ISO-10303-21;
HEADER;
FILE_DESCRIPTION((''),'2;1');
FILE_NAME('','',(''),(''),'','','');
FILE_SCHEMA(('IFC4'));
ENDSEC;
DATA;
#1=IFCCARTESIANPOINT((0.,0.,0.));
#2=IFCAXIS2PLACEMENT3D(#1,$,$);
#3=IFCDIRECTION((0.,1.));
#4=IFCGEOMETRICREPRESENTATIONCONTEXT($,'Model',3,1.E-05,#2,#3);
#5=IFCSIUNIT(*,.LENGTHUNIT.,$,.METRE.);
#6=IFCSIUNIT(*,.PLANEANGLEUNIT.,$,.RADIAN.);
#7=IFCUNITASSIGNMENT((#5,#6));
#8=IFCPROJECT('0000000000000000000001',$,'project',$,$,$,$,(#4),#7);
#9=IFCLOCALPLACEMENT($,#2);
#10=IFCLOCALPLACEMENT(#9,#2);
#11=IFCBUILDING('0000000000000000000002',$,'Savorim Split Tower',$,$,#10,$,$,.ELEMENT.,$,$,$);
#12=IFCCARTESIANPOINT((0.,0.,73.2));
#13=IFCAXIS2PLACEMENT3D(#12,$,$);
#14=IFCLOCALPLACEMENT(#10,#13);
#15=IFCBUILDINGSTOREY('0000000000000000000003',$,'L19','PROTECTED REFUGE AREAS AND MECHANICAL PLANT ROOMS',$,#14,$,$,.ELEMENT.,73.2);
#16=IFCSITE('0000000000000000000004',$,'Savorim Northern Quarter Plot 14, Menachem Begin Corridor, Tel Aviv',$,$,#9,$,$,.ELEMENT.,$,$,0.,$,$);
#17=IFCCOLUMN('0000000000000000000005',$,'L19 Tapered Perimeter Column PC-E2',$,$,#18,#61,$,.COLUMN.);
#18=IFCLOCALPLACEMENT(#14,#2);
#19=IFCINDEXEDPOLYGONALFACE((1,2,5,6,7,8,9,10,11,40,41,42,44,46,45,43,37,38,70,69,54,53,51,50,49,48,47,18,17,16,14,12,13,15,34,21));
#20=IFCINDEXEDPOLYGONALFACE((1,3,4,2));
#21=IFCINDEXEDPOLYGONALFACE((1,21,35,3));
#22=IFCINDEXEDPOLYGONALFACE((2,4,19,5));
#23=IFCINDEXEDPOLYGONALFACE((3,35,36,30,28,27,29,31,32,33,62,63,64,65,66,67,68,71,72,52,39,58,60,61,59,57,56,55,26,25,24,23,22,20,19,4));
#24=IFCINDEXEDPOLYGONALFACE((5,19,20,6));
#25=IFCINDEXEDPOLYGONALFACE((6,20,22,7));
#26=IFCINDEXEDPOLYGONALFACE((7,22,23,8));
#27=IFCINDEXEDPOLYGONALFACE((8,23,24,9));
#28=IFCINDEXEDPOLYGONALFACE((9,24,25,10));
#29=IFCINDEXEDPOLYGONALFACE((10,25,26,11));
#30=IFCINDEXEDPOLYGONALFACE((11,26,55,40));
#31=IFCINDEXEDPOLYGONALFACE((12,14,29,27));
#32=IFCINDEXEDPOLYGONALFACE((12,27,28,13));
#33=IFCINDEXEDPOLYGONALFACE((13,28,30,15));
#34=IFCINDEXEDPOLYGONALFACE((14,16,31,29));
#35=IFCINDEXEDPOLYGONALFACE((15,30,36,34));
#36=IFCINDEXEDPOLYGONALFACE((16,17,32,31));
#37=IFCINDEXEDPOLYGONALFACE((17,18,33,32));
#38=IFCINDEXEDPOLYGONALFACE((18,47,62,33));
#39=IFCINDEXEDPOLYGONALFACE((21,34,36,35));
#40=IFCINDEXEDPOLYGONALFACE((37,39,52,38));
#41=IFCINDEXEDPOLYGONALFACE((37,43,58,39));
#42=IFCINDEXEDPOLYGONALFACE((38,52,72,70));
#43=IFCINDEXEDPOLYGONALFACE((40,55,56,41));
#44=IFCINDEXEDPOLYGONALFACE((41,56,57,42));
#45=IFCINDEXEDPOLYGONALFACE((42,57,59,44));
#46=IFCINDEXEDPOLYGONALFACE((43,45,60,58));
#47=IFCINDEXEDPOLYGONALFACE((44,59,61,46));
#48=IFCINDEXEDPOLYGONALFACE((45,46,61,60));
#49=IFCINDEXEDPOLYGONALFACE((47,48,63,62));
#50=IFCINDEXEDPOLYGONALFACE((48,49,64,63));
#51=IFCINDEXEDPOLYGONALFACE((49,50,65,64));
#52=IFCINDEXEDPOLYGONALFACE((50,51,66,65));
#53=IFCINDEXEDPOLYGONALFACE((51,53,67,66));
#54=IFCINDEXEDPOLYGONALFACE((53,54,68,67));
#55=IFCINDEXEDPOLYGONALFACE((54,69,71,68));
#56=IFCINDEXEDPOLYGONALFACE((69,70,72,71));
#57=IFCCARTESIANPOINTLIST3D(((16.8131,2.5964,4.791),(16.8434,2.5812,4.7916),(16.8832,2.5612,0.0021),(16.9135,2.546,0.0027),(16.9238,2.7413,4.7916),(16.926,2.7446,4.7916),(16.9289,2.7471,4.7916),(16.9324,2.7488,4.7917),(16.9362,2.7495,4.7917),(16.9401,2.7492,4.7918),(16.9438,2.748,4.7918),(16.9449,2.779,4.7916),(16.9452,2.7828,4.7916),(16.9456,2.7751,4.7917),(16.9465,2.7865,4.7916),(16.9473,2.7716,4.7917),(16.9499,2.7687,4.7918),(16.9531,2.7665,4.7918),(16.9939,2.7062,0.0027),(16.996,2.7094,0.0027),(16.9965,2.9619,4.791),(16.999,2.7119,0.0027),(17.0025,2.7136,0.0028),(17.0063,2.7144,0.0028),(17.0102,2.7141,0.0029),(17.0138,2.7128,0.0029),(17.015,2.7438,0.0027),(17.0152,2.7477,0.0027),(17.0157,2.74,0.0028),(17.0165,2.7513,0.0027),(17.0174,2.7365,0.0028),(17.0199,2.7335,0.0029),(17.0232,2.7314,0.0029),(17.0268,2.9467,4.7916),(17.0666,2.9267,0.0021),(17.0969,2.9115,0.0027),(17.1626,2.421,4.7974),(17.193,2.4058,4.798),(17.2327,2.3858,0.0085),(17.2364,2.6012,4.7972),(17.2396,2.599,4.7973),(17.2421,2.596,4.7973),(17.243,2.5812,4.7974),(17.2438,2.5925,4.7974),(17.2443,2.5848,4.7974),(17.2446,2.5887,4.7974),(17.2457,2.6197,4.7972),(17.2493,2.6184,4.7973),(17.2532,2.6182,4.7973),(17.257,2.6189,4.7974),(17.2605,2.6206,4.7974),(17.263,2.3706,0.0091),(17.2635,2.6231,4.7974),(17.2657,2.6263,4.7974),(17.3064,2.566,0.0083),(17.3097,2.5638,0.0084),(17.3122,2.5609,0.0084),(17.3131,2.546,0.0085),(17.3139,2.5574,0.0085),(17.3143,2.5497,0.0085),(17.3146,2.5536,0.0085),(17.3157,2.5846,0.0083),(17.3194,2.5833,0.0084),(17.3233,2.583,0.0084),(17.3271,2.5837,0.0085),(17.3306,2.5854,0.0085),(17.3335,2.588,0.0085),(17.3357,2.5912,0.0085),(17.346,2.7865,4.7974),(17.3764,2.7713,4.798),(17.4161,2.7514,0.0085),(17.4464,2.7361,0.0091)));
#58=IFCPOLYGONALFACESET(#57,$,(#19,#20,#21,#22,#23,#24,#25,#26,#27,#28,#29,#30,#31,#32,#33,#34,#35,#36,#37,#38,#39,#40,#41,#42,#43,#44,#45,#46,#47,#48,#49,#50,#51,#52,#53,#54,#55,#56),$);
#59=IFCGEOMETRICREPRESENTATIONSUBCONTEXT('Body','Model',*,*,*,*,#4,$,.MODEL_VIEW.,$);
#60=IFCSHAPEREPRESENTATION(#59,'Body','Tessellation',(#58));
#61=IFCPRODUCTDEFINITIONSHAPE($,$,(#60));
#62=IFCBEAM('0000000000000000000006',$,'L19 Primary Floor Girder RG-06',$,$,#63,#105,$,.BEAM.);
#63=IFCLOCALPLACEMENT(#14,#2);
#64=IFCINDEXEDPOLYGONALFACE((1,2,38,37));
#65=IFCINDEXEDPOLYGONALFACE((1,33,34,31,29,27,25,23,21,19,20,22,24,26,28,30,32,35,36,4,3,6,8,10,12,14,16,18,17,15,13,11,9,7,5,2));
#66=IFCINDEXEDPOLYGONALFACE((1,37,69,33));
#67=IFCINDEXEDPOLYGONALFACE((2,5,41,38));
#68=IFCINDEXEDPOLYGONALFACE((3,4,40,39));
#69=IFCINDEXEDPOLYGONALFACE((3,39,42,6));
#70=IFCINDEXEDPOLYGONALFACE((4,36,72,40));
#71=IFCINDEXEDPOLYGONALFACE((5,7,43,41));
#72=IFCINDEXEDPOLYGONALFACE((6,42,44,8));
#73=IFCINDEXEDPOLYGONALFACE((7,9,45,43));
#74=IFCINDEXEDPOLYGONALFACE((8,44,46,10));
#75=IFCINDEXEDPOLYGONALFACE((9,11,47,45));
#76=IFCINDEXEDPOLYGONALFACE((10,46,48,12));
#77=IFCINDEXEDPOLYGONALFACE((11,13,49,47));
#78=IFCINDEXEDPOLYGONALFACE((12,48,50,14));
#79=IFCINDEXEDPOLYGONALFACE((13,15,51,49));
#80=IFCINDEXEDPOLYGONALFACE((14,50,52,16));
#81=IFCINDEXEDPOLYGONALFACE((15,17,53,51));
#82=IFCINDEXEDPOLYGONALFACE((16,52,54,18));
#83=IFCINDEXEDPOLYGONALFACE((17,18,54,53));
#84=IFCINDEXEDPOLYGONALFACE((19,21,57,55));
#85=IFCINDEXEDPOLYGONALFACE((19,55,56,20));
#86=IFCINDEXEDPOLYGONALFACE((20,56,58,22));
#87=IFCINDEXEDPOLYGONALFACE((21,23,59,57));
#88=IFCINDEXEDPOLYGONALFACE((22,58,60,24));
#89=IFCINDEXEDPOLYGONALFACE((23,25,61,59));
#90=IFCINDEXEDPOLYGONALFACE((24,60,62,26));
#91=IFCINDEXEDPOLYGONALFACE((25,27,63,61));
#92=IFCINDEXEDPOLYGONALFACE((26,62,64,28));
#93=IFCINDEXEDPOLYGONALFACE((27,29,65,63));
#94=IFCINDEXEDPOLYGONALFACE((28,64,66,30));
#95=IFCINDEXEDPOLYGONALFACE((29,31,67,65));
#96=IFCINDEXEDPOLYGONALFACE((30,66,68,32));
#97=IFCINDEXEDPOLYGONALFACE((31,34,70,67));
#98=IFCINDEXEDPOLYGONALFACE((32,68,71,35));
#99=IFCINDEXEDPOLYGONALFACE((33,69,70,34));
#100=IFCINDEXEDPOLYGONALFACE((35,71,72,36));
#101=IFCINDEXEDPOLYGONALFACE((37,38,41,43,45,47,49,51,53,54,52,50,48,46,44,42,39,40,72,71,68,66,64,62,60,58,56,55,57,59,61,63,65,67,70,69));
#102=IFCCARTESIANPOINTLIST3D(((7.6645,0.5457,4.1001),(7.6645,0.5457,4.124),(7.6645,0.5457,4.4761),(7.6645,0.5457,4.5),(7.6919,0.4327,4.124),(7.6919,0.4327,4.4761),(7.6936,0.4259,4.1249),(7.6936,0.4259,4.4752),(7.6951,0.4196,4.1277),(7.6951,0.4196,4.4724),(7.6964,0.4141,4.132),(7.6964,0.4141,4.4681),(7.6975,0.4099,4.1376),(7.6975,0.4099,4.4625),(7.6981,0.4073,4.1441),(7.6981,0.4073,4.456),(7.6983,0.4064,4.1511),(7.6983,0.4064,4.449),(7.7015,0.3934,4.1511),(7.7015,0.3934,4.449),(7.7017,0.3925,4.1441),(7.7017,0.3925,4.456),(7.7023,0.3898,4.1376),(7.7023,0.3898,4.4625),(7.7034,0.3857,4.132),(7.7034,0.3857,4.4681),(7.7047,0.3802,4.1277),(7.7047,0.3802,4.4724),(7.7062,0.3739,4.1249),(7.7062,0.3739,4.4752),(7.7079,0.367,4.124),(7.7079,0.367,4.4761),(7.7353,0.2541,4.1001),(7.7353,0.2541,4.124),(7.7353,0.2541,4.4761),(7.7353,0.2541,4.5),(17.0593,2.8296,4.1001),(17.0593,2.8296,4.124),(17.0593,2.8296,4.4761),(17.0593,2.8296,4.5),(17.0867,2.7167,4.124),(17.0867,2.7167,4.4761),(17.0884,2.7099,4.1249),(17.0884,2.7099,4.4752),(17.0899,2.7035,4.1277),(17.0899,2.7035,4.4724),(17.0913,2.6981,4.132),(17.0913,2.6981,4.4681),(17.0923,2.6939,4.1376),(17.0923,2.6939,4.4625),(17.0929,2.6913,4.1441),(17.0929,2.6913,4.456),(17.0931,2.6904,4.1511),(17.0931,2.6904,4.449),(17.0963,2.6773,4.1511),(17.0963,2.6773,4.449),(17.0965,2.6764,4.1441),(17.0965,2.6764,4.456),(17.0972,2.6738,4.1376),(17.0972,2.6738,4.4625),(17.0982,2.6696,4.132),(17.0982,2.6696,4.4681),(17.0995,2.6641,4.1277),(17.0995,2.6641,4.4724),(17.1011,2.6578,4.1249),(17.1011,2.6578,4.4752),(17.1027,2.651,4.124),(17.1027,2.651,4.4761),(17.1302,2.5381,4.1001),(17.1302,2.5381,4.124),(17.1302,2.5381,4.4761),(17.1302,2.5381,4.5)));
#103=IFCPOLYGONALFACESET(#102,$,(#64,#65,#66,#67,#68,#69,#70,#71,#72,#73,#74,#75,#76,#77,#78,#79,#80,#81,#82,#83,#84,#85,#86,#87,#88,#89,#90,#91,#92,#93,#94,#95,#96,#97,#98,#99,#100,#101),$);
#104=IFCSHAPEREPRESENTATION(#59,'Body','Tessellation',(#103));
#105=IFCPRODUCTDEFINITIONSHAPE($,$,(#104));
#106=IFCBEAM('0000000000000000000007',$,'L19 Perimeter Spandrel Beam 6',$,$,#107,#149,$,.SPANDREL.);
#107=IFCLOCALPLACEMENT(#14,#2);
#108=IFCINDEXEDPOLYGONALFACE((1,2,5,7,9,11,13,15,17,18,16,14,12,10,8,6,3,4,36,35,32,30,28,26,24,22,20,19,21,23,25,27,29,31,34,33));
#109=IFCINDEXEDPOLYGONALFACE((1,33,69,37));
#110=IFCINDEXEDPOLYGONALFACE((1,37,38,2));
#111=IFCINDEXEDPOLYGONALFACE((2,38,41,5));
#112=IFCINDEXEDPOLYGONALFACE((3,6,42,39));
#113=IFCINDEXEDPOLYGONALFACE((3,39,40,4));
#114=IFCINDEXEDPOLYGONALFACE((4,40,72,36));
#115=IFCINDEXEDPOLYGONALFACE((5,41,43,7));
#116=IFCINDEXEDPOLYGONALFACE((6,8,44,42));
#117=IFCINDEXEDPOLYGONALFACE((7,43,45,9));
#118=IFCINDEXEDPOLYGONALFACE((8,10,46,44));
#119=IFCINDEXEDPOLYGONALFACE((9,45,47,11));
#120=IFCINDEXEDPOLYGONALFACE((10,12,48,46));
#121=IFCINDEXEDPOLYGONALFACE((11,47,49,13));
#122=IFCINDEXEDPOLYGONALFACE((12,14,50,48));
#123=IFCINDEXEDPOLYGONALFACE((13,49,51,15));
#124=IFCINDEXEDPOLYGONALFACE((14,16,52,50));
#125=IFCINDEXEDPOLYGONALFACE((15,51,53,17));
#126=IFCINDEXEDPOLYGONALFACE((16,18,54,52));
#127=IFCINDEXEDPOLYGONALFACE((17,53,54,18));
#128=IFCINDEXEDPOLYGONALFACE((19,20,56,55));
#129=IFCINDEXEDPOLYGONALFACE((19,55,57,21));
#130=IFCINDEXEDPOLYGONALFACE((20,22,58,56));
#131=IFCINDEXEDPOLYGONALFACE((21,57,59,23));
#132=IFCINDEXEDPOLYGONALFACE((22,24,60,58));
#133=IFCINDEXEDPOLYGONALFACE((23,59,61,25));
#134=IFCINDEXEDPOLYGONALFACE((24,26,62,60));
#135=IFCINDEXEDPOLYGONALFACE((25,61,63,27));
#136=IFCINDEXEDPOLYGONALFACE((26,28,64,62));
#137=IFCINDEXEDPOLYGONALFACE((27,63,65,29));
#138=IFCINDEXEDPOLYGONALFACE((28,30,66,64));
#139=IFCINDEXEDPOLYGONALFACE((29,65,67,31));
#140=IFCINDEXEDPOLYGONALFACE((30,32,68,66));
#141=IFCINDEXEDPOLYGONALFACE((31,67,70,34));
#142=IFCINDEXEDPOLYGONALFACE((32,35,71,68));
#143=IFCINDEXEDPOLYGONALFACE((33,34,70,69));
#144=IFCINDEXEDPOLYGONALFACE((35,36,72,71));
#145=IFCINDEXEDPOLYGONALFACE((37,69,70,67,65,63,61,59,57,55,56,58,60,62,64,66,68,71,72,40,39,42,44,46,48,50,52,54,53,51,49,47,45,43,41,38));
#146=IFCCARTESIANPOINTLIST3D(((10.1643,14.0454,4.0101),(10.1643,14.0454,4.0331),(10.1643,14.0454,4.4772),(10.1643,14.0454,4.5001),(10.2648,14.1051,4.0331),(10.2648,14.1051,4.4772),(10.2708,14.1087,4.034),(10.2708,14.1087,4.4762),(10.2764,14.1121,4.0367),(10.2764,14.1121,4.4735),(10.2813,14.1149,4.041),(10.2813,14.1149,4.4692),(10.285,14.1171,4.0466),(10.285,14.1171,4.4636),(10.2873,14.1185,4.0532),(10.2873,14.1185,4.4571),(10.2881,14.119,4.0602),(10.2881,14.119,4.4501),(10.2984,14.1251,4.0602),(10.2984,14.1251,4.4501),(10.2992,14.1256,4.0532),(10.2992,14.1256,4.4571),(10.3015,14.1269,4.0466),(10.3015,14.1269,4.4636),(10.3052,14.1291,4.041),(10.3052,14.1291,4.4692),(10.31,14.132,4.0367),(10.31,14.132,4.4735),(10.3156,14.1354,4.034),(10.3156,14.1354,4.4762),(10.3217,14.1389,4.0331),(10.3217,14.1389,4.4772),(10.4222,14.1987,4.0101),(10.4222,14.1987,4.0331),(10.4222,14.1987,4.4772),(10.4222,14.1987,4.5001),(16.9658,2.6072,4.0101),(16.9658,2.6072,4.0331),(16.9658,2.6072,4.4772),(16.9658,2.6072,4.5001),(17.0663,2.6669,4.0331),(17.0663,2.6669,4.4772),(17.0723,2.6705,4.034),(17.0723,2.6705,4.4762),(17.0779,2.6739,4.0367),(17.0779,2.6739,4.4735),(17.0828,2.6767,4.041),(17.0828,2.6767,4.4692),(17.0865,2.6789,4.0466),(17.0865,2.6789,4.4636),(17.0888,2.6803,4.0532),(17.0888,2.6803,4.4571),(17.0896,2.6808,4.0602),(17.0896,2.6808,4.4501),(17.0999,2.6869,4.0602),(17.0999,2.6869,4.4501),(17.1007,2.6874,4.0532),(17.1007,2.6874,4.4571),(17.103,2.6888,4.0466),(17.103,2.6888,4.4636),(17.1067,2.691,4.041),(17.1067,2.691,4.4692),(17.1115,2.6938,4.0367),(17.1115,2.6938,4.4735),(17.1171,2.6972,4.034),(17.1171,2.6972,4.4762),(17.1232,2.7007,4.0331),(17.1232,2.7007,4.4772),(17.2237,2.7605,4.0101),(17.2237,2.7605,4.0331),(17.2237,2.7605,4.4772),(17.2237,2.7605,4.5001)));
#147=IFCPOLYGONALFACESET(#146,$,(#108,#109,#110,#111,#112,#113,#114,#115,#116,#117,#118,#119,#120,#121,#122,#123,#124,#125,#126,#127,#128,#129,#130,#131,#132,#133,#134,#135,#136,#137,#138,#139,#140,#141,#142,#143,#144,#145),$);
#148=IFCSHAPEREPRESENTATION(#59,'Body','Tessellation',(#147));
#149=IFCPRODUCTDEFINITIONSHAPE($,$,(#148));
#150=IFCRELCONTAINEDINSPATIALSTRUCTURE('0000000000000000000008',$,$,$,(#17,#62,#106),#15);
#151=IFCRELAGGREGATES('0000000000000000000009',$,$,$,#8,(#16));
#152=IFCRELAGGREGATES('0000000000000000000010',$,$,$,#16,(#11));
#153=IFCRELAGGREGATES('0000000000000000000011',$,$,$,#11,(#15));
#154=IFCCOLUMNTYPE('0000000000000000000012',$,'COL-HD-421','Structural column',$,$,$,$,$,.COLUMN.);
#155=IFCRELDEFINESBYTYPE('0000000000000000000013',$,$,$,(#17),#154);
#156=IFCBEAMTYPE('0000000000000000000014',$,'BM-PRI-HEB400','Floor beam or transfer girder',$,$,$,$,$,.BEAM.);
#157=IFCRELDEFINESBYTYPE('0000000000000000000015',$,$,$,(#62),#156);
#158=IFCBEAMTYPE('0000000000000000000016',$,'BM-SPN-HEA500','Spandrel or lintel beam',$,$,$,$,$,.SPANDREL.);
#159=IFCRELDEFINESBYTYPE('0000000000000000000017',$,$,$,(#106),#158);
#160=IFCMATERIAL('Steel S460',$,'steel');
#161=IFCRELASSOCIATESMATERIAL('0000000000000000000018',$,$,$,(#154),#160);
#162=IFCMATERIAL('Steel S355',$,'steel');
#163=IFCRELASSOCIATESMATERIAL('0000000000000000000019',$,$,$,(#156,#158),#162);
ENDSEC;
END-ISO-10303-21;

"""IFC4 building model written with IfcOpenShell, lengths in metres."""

from ifc_helpers import new_model, si_unit, direction, frame, origin, origin_2d, place, context, subcontext, project, spatial, i_section, extrude, material, material_profile, profile_set, type_object, element, save


model = new_model("IFC4")

# Units and contexts
model_context = context("Model", 3, precision=1e-05, world=origin(), true_north=direction((0.0, 1.0)))
body_context = subcontext(model_context, "Body", "Model", "MODEL_VIEW")
ifc_project = project(units=[si_unit("LENGTHUNIT", "METRE"), si_unit("PLANEANGLEUNIT", "RADIAN")], contexts=[model_context])

# Site, building, storey
site_placement = place(None, origin())
site = spatial("IfcSite", under=ifc_project, at=site_placement, Name="Savorim Northern Quarter Plot 14, Menachem Begin Corridor, Tel Aviv", CompositionType="ELEMENT", RefElevation=0.0)
building_placement = place(site_placement, origin())
building = spatial("IfcBuilding", under=site, at=building_placement, Name="Savorim Split Tower", CompositionType="ELEMENT")
storey_placement = place(building_placement, frame((0.0, 0.0, 73.2)))
storey = spatial("IfcBuildingStorey", under=building, at=storey_placement, Name="L19", Description="PROTECTED REFUGE AREAS AND MECHANICAL PLANT ROOMS", CompositionType="ELEMENT", Elevation=73.2)

# Column
ifc_material_1 = material(Name="Steel S460", Category="steel")
ifc_material_profile_1 = material_profile(ifc_material_1, i_section(OverallWidth=0.4089, OverallDepth=0.425, WebThickness=0.0208, FlangeThickness=0.0339, FilletRadius=0.0149, at=origin_2d()), Name="HD 400x421")
ifc_profile_set_1 = profile_set([ifc_material_profile_1], Name="Steel S460")
column_type = type_object("IfcColumnType", Name="COL-HD-421", Description="Structural column", PredefinedType="COLUMN", material=ifc_profile_set_1)
column_placement = place(storey_placement, frame((17.1648, 2.6487, 0.0056), z_axis=(-0.01463, 0.00734, 0.999866), x_axis=(-0.448459, -0.893803, 0.0)))
element("IfcColumn", 1, at=column_placement, inside=storey, type_object=column_type, Name="L19 Tapered Perimeter Column PC-E2", PredefinedType="COLUMN", context=body_context, shape_type="SweptSolid", body=[
    extrude(i_section(OverallWidth=0.4089, OverallDepth=0.425, WebThickness=0.0208, FlangeThickness=0.0339, FilletRadius=0.0149, at=origin_2d()), origin(), (0.0, 0.0, 1.0), 4.7896),
])

# Beams
ifc_material_2 = material(Name="Steel S355", Category="steel")
ifc_material_profile_2 = material_profile(ifc_material_2, i_section(OverallWidth=0.3, OverallDepth=0.3999, WebThickness=0.0134, FlangeThickness=0.0239, FilletRadius=0.0271, at=origin_2d()), Name="HEB 400")
ifc_profile_set_2 = profile_set([ifc_material_profile_2], Name="Steel S355")
beam_type_1 = type_object("IfcBeamType", Name="BM-PRI-HEB400", Description="Floor beam or transfer girder", PredefinedType="BEAM", material=ifc_profile_set_2)
beam_1_placement = place(storey_placement, frame((17.0947, 2.6838, 4.3), z_axis=(-0.971698, -0.236227, 0.0), x_axis=(0.236227, -0.971698, 0.0)))
element("IfcBeam", 2, at=beam_1_placement, inside=storey, type_object=beam_type_1, Name="L19 Primary Floor Girder RG-06", PredefinedType="BEAM", context=body_context, shape_type="SweptSolid", body=[
    extrude(i_section(OverallWidth=0.3, OverallDepth=0.3999, WebThickness=0.0134, FlangeThickness=0.0239, FilletRadius=0.0271, at=origin_2d()), origin(), (0.0, 0.0, 1.0), 9.6685),
])
ifc_material_profile_3 = material_profile(ifc_material_2, i_section(OverallWidth=0.3, OverallDepth=0.49, WebThickness=0.012, FlangeThickness=0.0229, FilletRadius=0.0271, at=origin_2d()), Name="HEA 500")
ifc_profile_set_3 = profile_set([ifc_material_profile_3], Name="Steel S355")
beam_type_2 = type_object("IfcBeamType", Name="BM-SPN-HEA500", Description="Spandrel or lintel beam", PredefinedType="SPANDREL", material=ifc_profile_set_3)
beam_2_placement = place(storey_placement, frame((17.0947, 2.6838, 4.2551), z_axis=(-0.511098, 0.859523, 0.0), x_axis=(-0.859523, -0.511098, 0.0)))
element("IfcBeam", 3, at=beam_2_placement, inside=storey, type_object=beam_type_2, Name="L19 Perimeter Spandrel Beam 6", PredefinedType="SPANDREL", context=body_context, shape_type="SweptSolid", body=[
    extrude(i_section(OverallWidth=0.3, OverallDepth=0.49, WebThickness=0.012, FlangeThickness=0.0229, FilletRadius=0.0271, at=origin_2d()), origin(), (0.0, 0.0, 1.0), 13.3076),
])

save(model, "model.ifc")
